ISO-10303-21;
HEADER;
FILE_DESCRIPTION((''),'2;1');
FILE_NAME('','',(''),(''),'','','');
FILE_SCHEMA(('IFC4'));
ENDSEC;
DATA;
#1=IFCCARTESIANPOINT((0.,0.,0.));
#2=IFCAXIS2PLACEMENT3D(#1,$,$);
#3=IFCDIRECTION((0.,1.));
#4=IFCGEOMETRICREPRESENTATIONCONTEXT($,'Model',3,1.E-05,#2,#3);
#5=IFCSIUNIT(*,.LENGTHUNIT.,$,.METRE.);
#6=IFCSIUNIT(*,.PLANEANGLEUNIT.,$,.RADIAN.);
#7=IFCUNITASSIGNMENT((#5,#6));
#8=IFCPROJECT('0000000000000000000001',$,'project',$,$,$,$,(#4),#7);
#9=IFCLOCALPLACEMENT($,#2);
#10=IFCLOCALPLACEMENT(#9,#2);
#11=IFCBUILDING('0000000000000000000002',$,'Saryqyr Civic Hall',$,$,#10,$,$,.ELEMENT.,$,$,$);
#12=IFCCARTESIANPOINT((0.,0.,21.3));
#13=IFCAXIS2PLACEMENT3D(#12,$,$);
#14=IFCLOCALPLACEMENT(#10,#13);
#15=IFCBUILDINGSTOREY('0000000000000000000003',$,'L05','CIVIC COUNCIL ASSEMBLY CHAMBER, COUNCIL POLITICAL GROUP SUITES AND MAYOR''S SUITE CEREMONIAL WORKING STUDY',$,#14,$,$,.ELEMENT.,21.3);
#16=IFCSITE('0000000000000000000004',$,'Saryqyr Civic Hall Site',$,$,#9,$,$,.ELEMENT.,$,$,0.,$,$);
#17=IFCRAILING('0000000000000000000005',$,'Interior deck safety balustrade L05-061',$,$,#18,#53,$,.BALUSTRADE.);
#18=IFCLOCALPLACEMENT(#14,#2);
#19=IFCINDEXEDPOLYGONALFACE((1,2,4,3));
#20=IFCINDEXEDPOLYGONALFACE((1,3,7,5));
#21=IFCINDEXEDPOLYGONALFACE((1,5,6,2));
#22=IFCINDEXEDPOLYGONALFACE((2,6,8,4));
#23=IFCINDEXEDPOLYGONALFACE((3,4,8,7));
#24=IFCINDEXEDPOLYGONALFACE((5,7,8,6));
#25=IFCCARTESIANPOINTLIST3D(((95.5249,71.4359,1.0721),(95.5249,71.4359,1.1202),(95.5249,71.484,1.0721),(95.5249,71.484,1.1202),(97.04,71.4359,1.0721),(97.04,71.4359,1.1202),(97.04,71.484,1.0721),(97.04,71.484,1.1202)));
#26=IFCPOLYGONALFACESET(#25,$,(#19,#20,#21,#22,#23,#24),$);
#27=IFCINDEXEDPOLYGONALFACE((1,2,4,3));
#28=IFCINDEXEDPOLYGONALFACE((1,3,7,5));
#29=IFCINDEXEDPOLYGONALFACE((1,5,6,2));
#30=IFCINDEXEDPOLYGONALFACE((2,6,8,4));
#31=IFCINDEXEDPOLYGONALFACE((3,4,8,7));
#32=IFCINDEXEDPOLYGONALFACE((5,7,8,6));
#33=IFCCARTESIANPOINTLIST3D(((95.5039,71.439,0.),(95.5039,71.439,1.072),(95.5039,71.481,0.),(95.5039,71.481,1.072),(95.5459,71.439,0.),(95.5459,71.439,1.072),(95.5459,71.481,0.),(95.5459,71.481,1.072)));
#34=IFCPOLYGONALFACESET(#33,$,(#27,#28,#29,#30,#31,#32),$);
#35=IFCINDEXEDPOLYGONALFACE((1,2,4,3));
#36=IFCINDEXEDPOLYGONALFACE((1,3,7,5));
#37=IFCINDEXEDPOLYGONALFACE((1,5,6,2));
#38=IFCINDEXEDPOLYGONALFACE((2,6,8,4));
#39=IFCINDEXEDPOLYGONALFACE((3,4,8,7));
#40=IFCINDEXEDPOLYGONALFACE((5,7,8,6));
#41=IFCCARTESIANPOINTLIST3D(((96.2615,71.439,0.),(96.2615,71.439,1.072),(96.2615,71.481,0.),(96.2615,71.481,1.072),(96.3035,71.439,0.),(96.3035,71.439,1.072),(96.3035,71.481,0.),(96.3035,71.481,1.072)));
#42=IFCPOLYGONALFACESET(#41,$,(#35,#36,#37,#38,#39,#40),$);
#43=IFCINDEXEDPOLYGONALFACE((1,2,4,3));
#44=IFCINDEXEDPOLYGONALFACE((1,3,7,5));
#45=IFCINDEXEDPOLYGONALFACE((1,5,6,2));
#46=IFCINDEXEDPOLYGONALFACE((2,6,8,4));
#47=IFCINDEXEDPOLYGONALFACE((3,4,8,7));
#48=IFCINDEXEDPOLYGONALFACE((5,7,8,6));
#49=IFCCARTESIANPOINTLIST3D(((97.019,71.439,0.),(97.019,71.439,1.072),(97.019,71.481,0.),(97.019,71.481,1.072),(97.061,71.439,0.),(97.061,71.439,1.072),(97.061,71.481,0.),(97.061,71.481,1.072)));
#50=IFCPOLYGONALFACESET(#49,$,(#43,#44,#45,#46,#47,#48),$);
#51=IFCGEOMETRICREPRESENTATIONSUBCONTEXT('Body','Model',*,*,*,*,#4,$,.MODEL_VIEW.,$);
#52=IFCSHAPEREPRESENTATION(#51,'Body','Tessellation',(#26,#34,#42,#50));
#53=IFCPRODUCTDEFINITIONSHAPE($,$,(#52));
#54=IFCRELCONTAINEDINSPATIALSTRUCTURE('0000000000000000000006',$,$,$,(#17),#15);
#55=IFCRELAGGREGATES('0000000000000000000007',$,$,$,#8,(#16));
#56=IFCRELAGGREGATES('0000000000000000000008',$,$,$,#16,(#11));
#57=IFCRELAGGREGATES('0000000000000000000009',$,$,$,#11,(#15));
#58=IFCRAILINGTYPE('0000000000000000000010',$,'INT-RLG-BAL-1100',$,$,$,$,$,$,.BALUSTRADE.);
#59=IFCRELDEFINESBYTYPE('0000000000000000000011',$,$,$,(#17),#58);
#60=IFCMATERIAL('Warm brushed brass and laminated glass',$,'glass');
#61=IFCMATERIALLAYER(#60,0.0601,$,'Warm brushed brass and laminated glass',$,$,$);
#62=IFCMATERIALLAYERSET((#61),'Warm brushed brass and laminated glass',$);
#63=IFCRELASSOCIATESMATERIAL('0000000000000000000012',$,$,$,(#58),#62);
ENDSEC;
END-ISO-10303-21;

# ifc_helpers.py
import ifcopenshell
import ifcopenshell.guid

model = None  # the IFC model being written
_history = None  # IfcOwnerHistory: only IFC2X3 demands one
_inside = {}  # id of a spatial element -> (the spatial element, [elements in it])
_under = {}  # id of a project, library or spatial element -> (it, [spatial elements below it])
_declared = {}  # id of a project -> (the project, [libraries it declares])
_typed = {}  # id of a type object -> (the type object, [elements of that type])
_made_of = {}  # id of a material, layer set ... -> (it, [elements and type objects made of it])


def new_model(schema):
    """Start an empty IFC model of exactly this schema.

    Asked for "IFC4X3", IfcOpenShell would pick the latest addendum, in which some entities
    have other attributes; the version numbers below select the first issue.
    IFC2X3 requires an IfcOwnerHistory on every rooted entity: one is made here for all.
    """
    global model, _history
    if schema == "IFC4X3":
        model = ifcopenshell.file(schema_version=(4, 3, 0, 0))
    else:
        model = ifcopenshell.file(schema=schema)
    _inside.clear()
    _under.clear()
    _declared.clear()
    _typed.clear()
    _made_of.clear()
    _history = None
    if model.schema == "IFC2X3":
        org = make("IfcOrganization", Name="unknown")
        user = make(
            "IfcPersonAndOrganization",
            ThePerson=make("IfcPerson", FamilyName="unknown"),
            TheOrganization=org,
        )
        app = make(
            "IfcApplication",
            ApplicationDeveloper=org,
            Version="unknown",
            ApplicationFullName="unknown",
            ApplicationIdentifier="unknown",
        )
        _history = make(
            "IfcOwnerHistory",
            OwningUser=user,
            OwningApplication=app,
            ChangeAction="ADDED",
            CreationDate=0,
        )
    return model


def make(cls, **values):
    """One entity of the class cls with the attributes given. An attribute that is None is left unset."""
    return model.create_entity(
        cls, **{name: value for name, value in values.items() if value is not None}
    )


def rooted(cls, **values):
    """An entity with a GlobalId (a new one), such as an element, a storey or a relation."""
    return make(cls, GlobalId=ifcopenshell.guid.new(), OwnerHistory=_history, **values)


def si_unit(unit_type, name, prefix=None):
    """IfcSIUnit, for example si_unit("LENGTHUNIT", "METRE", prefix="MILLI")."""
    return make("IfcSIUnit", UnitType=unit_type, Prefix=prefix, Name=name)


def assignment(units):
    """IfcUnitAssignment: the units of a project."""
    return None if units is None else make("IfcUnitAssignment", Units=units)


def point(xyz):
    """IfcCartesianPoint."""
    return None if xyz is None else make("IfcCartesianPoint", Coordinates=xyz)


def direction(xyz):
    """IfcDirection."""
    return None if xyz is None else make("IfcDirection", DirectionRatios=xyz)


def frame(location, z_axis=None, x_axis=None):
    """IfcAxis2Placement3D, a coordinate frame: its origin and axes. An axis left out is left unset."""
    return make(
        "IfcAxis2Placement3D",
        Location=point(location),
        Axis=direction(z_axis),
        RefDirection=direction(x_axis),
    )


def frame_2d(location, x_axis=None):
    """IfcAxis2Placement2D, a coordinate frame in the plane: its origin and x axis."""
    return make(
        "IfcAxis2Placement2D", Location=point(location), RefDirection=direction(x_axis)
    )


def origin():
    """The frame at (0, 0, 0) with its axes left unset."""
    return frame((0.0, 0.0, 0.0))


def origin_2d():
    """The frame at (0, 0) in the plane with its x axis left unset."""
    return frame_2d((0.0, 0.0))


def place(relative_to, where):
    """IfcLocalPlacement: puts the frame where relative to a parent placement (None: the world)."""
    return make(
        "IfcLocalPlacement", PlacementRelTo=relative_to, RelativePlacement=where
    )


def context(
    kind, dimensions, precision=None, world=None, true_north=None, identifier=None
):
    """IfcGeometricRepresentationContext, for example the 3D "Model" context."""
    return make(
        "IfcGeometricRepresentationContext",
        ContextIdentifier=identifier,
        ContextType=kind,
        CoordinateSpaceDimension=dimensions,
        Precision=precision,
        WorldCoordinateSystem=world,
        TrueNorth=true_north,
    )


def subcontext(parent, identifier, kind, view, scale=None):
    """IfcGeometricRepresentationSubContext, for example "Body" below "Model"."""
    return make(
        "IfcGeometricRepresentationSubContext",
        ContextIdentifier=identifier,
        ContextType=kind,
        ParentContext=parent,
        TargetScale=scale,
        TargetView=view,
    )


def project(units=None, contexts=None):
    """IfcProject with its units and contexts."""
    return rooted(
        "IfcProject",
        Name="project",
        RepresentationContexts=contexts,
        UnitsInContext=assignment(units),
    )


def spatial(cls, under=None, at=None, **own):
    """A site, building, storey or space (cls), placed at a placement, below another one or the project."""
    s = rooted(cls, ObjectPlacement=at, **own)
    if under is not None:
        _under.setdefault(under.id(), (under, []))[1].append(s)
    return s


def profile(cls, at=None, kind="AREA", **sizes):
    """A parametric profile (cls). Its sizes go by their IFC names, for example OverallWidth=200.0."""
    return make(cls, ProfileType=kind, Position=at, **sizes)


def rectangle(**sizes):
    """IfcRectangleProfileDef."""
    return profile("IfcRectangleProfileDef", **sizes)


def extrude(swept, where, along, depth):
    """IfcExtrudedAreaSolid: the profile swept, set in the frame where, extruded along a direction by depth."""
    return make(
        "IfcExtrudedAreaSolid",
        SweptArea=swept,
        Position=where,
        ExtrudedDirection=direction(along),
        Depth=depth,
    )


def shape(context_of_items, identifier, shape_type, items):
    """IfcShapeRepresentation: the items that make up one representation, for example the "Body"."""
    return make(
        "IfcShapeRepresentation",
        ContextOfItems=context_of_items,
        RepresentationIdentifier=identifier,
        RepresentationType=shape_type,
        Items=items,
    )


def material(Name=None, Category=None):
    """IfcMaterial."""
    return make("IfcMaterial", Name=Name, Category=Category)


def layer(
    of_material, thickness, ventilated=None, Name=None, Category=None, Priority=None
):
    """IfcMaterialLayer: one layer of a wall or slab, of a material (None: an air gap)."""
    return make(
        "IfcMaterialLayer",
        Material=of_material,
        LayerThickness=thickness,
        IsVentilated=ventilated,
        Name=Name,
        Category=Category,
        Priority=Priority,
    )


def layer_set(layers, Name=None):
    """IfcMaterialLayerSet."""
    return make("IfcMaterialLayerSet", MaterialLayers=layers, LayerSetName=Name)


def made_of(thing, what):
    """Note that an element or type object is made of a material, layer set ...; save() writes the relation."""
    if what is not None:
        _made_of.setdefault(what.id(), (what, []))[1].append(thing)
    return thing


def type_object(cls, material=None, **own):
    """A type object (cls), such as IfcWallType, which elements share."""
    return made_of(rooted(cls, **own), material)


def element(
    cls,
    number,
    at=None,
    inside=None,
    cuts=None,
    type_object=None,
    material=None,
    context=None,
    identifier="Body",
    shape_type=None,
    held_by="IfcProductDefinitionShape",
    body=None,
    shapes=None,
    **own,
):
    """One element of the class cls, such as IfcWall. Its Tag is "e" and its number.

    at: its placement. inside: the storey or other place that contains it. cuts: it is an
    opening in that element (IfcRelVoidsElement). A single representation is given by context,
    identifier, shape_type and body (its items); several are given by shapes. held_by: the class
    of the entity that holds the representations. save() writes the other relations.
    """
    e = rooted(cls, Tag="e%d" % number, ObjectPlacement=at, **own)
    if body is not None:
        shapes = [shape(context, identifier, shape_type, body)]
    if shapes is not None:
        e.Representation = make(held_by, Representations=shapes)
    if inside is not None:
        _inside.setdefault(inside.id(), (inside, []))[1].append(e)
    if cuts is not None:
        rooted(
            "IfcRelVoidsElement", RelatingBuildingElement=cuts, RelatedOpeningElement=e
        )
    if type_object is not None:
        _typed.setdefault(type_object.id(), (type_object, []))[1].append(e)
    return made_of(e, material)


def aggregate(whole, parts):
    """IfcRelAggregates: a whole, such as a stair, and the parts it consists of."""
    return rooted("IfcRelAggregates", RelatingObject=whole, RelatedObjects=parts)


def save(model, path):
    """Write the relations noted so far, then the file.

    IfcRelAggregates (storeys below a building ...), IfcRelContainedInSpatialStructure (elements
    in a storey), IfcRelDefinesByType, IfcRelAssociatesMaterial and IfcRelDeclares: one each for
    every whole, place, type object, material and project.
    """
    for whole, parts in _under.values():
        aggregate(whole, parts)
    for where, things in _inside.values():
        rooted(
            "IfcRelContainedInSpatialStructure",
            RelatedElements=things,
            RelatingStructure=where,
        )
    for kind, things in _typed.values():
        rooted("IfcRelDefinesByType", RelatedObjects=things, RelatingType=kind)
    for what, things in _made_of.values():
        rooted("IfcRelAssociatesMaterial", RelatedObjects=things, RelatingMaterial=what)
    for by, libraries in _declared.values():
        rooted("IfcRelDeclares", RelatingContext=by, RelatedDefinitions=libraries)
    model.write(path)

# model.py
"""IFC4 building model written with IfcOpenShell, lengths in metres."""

from ifc_helpers import new_model, si_unit, direction, frame, origin, origin_2d, place, context, subcontext, project, spatial, rectangle, extrude, material, layer, layer_set, type_object, element, save


model = new_model("IFC4")

# Units and contexts
model_context = context("Model", 3, precision=1e-05, world=origin(), true_north=direction((0.0, 1.0)))
body_context = subcontext(model_context, "Body", "Model", "MODEL_VIEW")
ifc_project = project(units=[si_unit("LENGTHUNIT", "METRE"), si_unit("PLANEANGLEUNIT", "RADIAN")], contexts=[model_context])

# Site, building, storey
site_placement = place(None, origin())
site = spatial("IfcSite", under=ifc_project, at=site_placement, Name="Saryqyr Civic Hall Site", CompositionType="ELEMENT", RefElevation=0.0)
building_placement = place(site_placement, origin())
building = spatial("IfcBuilding", under=site, at=building_placement, Name="Saryqyr Civic Hall", CompositionType="ELEMENT")
storey_placement = place(building_placement, frame((0.0, 0.0, 21.3)))
storey = spatial("IfcBuildingStorey", under=building, at=storey_placement, Name="L05", Description="CIVIC COUNCIL ASSEMBLY CHAMBER, COUNCIL POLITICAL GROUP SUITES AND MAYOR'S SUITE CEREMONIAL WORKING STUDY", CompositionType="ELEMENT", Elevation=21.3)

# Railing
ifc_material_1 = material(Name="Warm brushed brass and laminated glass", Category="glass")
ifc_layer_1 = layer(ifc_material_1, 0.0601, Name="Warm brushed brass and laminated glass")
ifc_layer_set_1 = layer_set([ifc_layer_1], Name="Warm brushed brass and laminated glass")
railing_type = type_object("IfcRailingType", Name="INT-RLG-BAL-1100", PredefinedType="BALUSTRADE", material=ifc_layer_set_1)
railing_1_placement = place(storey_placement, frame((95.5249, 71.46, 0.0)))
element("IfcRailing", 1, at=railing_1_placement, inside=storey, type_object=railing_type, Name="Interior deck safety balustrade L05-061", PredefinedType="BALUSTRADE", context=body_context, shape_type="SweptSolid", body=[
    extrude(rectangle(XDim=0.0481, YDim=0.0481, at=origin_2d()), frame((0.0, 0.0, 1.0962), z_axis=(1.0, 0.0, 0.0), x_axis=(0.0, 1.0, 0.0)), (0.0, 0.0, 1.0), 1.5151),
    extrude(rectangle(XDim=0.042, YDim=0.042, at=origin_2d()), origin(), (0.0, 0.0, 1.0), 1.072),
    extrude(rectangle(XDim=0.042, YDim=0.042, at=origin_2d()), frame((0.7576, 0.0, 0.0)), (0.0, 0.0, 1.0), 1.072),
    extrude(rectangle(XDim=0.042, YDim=0.042, at=origin_2d()), frame((1.5151, 0.0, 0.0)), (0.0, 0.0, 1.0), 1.072),
])

save(model, "model.ifc")
